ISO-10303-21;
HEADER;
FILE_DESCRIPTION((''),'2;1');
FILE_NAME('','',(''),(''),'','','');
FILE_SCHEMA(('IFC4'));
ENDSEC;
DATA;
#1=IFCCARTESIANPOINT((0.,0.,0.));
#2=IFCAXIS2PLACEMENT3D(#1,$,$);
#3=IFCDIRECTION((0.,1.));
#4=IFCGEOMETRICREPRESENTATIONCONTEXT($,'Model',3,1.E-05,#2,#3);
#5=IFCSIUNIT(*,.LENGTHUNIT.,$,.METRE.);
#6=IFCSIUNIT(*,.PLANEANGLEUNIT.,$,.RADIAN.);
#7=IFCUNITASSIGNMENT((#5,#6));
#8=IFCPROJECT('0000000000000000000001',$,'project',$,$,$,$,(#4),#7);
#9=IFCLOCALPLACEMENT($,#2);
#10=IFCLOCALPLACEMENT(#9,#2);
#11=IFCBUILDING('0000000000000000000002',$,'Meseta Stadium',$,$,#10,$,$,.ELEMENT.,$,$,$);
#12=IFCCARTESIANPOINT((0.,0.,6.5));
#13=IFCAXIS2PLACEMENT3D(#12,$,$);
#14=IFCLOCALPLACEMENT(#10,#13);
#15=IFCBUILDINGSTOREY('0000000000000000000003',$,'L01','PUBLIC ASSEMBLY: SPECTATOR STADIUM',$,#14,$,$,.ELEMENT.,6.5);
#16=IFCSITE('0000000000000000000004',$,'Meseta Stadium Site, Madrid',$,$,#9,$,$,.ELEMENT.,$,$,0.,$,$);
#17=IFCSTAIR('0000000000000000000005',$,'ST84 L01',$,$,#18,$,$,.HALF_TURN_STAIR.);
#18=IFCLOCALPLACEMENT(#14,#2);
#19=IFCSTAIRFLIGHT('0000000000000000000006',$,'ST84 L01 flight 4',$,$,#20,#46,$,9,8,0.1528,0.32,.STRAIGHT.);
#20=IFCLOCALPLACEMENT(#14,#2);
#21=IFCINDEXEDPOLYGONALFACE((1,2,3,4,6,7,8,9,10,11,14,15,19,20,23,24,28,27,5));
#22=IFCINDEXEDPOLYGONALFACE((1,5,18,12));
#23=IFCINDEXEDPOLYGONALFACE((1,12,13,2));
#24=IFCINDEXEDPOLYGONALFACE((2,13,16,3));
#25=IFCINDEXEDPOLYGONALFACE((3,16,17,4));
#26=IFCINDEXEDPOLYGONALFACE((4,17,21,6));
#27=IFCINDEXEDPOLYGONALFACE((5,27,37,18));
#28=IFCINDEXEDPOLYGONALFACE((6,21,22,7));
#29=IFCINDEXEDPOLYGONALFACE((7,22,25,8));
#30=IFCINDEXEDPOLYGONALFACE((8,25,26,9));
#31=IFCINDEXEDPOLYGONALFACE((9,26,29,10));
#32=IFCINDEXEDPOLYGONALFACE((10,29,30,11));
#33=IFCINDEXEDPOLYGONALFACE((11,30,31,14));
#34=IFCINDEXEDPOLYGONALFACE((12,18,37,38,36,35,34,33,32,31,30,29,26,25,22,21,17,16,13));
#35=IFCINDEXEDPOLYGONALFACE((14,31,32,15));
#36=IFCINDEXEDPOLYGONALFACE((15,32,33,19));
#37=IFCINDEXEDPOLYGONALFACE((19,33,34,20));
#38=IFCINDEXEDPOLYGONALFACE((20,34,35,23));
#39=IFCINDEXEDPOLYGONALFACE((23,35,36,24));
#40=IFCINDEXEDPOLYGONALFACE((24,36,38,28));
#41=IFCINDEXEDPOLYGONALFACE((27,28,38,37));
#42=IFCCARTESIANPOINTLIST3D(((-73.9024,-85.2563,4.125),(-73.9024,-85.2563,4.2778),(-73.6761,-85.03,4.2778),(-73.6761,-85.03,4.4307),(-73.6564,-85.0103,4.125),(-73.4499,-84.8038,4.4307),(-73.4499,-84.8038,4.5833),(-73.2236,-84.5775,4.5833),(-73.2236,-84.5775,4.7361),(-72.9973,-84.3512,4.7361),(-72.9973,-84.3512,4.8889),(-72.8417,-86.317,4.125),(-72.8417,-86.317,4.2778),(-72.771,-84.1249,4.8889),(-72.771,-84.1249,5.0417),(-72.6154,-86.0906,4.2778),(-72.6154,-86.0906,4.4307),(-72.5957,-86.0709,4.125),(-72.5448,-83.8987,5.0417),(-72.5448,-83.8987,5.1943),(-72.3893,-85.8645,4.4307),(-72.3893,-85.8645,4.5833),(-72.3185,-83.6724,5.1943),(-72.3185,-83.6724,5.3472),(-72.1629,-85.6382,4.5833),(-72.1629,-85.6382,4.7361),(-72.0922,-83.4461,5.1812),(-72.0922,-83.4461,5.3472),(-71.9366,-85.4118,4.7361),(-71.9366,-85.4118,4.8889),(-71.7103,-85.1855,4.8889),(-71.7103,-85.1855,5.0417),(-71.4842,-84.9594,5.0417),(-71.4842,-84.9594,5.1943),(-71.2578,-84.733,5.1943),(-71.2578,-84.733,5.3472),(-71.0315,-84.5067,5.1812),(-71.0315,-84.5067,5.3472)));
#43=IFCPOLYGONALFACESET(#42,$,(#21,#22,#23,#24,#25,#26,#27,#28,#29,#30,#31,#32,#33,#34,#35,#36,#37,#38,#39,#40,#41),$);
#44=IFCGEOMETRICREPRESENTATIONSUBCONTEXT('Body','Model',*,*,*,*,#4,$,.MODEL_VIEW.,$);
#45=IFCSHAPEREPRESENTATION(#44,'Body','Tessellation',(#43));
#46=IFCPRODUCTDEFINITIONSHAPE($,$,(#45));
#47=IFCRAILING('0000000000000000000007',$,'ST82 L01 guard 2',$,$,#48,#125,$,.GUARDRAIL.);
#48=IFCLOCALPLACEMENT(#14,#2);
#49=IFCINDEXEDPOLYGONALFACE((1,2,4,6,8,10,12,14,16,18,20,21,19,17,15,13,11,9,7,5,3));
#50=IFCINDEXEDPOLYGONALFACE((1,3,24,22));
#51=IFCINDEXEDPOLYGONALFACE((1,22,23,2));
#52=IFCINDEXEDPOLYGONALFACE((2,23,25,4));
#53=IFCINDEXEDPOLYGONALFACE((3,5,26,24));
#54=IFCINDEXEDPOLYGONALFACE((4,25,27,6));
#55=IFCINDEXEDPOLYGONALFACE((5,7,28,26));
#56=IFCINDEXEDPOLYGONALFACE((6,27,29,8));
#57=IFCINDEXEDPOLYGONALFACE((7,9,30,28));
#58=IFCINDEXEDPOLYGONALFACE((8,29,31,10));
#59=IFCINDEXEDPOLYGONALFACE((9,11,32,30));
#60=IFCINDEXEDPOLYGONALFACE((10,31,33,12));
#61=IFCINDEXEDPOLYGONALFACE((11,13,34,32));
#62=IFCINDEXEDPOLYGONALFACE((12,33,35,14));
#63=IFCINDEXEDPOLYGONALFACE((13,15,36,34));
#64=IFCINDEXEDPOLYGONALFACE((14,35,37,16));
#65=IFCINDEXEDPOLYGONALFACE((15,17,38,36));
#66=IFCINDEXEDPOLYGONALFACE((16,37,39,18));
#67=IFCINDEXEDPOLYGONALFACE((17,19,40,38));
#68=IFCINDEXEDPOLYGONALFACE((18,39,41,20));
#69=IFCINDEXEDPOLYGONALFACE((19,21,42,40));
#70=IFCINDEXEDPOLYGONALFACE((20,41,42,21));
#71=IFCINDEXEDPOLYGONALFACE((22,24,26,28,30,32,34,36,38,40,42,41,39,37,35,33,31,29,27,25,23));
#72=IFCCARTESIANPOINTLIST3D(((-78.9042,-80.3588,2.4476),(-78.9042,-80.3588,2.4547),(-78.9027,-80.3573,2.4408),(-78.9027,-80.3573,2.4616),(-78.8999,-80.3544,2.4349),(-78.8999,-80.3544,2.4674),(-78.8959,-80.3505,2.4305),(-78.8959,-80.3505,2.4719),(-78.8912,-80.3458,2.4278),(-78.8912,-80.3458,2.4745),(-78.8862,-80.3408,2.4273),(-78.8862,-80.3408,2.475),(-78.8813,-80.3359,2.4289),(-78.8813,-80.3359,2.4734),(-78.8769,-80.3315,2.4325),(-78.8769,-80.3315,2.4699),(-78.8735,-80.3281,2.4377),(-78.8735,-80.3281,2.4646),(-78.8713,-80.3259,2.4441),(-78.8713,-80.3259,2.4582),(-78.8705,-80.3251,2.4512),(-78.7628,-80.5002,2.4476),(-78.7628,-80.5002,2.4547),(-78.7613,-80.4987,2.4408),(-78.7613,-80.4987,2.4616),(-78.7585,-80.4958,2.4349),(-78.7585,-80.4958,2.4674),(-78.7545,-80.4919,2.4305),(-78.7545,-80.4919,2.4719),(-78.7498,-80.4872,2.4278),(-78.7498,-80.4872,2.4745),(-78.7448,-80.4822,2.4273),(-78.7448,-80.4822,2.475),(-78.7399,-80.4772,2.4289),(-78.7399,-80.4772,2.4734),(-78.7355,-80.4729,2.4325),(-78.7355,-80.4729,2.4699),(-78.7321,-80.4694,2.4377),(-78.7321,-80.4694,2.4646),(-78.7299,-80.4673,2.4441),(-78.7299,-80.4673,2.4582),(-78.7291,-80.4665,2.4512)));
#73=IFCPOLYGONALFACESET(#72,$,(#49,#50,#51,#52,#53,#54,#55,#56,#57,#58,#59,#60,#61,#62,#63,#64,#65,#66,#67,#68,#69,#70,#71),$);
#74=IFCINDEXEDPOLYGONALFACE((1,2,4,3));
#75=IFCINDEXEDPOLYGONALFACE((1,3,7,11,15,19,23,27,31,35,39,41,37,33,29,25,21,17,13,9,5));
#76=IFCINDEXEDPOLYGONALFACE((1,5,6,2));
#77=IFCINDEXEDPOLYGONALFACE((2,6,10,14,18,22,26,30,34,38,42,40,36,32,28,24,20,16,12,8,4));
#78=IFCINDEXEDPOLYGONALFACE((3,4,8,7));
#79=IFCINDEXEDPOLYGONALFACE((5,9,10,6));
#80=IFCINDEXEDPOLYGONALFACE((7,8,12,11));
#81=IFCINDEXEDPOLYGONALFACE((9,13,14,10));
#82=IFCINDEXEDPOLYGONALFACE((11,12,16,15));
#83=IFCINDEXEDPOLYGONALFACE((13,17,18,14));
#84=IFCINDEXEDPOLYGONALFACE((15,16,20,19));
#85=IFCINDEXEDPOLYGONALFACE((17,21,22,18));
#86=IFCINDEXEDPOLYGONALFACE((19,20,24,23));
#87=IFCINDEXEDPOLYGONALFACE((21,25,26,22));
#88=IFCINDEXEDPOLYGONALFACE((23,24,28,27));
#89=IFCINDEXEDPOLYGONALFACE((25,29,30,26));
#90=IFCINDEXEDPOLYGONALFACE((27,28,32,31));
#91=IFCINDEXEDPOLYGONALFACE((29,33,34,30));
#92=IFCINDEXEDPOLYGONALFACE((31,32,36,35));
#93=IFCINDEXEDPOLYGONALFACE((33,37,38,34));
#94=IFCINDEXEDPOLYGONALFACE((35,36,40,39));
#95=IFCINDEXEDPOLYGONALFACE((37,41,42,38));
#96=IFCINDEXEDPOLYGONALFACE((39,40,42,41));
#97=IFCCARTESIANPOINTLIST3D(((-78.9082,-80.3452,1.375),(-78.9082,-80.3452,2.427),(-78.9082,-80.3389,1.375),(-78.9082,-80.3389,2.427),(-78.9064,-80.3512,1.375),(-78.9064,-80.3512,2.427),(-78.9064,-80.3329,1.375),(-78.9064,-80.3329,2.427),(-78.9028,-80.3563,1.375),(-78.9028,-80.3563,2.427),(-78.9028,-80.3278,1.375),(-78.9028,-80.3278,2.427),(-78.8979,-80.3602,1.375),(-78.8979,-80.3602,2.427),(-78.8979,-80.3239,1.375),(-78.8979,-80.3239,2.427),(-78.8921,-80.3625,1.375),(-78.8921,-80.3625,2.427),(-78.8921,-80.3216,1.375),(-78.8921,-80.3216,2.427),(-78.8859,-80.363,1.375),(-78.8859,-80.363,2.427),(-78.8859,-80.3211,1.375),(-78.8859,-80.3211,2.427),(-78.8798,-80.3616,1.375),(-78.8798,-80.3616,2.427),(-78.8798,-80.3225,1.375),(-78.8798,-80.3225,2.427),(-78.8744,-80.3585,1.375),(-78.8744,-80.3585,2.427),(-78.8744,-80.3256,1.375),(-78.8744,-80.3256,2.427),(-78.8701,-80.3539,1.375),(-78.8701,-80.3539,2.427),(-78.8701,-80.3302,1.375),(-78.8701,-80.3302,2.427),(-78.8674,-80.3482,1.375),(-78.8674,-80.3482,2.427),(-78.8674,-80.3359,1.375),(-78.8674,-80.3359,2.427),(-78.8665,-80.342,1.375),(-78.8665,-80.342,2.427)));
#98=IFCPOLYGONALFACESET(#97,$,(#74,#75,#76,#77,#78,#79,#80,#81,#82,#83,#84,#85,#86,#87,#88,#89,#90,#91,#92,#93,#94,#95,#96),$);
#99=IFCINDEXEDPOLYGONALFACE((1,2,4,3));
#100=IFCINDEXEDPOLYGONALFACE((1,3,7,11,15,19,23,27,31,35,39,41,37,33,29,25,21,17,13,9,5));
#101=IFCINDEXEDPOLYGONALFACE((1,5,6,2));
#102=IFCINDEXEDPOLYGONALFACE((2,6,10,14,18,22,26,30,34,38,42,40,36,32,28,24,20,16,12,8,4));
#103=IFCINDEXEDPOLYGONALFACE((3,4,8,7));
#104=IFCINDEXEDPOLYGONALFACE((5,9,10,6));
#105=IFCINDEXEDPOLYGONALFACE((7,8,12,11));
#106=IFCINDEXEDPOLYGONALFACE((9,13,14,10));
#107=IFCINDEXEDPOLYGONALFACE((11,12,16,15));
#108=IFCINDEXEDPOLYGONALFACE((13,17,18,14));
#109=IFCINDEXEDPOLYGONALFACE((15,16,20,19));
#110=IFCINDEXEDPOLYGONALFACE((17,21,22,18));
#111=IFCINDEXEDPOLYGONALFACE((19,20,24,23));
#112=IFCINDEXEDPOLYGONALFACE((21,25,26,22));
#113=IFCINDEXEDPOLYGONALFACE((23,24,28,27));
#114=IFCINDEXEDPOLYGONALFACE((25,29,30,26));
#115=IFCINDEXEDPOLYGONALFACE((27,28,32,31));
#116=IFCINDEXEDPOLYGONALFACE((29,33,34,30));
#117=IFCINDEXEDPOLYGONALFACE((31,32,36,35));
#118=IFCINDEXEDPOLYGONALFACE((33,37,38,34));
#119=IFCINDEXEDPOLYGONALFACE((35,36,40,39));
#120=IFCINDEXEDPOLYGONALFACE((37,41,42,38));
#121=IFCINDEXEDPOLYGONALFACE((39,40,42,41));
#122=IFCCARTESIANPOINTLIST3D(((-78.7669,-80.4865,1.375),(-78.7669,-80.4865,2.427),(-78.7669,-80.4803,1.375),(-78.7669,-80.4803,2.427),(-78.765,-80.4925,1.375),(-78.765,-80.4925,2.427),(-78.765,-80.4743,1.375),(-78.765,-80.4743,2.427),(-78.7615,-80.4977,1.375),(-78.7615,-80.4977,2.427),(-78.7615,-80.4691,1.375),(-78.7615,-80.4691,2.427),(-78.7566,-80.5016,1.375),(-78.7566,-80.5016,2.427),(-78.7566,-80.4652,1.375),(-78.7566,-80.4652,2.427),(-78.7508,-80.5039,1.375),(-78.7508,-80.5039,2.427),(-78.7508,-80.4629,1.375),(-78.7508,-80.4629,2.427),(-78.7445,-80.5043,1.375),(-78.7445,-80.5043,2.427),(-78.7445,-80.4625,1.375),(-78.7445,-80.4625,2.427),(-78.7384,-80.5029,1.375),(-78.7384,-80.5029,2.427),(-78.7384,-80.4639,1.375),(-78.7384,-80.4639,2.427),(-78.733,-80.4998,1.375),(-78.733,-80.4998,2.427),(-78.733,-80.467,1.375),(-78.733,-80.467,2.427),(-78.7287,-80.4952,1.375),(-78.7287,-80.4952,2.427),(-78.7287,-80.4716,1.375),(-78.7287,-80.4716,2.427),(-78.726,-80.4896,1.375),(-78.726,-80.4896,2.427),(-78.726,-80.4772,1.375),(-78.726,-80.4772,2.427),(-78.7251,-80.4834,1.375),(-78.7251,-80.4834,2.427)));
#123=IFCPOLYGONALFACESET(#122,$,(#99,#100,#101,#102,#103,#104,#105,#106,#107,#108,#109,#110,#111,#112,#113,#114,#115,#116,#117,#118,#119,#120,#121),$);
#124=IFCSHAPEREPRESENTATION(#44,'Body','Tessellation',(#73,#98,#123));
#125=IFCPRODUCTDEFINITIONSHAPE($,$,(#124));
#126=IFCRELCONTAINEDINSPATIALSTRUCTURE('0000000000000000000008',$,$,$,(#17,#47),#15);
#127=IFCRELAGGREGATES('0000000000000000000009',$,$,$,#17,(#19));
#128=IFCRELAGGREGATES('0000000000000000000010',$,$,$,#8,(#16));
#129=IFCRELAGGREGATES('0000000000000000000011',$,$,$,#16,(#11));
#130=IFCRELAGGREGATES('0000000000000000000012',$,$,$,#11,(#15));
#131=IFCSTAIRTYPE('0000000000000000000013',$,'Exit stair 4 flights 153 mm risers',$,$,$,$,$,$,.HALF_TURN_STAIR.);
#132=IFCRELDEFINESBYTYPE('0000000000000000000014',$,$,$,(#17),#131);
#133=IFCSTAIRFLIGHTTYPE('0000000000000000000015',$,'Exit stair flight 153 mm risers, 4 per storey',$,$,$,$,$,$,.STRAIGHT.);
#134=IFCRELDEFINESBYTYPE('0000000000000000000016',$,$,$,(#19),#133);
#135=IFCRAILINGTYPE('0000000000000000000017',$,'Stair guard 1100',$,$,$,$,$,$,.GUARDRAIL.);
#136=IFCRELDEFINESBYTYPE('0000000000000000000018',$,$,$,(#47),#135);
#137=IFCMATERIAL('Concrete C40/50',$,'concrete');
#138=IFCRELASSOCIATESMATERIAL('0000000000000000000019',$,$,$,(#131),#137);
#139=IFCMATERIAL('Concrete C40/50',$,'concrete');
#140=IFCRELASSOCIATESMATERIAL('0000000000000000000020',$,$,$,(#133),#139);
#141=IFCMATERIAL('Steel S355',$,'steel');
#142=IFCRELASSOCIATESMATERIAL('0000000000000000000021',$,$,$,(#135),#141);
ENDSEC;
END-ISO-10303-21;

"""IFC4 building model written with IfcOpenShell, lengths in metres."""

from ifc_helpers import new_model, si_unit, direction, frame, origin, origin_2d, place, context, subcontext, project, spatial, polyline, circle, outline, extrude, material, type_object, element, aggregate, save


model = new_model("IFC4")

# Units and contexts
model_context = context("Model", 3, precision=1e-05, world=origin(), true_north=direction((0.0, 1.0)))
body_context = subcontext(model_context, "Body", "Model", "MODEL_VIEW")
ifc_project = project(units=[si_unit("LENGTHUNIT", "METRE"), si_unit("PLANEANGLEUNIT", "RADIAN")], contexts=[model_context])

# Site, building, storey
site_placement = place(None, origin())
site = spatial("IfcSite", under=ifc_project, at=site_placement, Name="Meseta Stadium Site, Madrid", CompositionType="ELEMENT", RefElevation=0.0)
building_placement = place(site_placement, origin())
building = spatial("IfcBuilding", under=site, at=building_placement, Name="Meseta Stadium", CompositionType="ELEMENT")
storey_placement = place(building_placement, frame((0.0, 0.0, 6.5)))
storey = spatial("IfcBuildingStorey", under=building, at=storey_placement, Name="L01", Description="PUBLIC ASSEMBLY: SPECTATOR STADIUM", CompositionType="ELEMENT", Elevation=6.5)

# Stair, stair flight
ifc_material_1 = material(Name="Concrete C40/50", Category="concrete")
stair_type = type_object("IfcStairType", Name="Exit stair 4 flights 153 mm risers", PredefinedType="HALF_TURN_STAIR", material=ifc_material_1)
ifc_material_2 = material(Name="Concrete C40/50", Category="concrete")
stair_flight_type = type_object("IfcStairFlightType", Name="Exit stair flight 153 mm risers, 4 per storey", PredefinedType="STRAIGHT", material=ifc_material_2)
stair_1_placement = place(storey_placement, origin())
stair_1 = element("IfcStair", 1, at=stair_1_placement, inside=storey, type_object=stair_type, Name="ST84 L01", PredefinedType="HALF_TURN_STAIR")
stair_flight_1_placement = place(storey_placement, frame((-73.3721, -85.7866, 4.125), z_axis=(0.0, 0.0, 1.0), x_axis=(0.707107, 0.707107, 0.0)))
stair_flight_1 = element("IfcStairFlight", 2, at=stair_flight_1_placement, type_object=stair_flight_type, Name="ST84 L01 flight 4", NumberOfRisers=9, NumberOfTreads=8, PredefinedType="STRAIGHT", RiserHeight=0.1528, TreadLength=0.32, context=body_context, shape_type="SweptSolid", body=[
    extrude(outline(polyline([(0.0, 0.0), (0.0, 0.1528), (0.3201, 0.1528), (0.3201, 0.3057), (0.6399, 0.3057), (0.6399, 0.4583), (0.96, 0.4583), (0.96, 0.6111), (1.28, 0.6111), (1.28, 0.7639), (1.6001, 0.7639), (1.6001, 0.9167), (1.9199, 0.9167), (1.9199, 1.0693), (2.24, 1.0693), (2.24, 1.2222), (2.5601, 1.2222), (2.5601, 1.0562), (0.3479, 0.0), (0.0, 0.0)])), frame((0.0, 0.75, 0.0), z_axis=(0.0, -1.0, 0.0), x_axis=(1.0, 0.0, 0.0)), (0.0, 0.0, 1.0), 1.5),
])
aggregate(stair_1, [stair_flight_1])

# Railing
ifc_material_3 = material(Name="Steel S355", Category="steel")
railing_type_1 = type_object("IfcRailingType", Name="Stair guard 1100", PredefinedType="GUARDRAIL", material=ifc_material_3)
railing_1_placement = place(storey_placement, frame((-78.8875, -80.342, 1.375)))
element("IfcRailing", 3, at=railing_1_placement, inside=storey, type_object=railing_type_1, Name="ST82 L01 guard 2", PredefinedType="GUARDRAIL", context=body_context, shape_type="SweptSolid", body=[
    extrude(circle(Radius=0.0239, at=origin_2d()), frame((0.0, 0.0, 1.0762), z_axis=(0.707107, -0.707107, 0.0), x_axis=(0.707107, 0.707107, 0.0)), (0.0, 0.0, 1.0), 0.2),
    extrude(circle(Radius=0.021, at=origin_2d()), origin(), (0.0, 0.0, 1.0), 1.052),
    extrude(circle(Radius=0.021, at=origin_2d()), frame((0.1414, -0.1414, 0.0)), (0.0, 0.0, 1.0), 1.052),
])

save(model, "model.ifc")
